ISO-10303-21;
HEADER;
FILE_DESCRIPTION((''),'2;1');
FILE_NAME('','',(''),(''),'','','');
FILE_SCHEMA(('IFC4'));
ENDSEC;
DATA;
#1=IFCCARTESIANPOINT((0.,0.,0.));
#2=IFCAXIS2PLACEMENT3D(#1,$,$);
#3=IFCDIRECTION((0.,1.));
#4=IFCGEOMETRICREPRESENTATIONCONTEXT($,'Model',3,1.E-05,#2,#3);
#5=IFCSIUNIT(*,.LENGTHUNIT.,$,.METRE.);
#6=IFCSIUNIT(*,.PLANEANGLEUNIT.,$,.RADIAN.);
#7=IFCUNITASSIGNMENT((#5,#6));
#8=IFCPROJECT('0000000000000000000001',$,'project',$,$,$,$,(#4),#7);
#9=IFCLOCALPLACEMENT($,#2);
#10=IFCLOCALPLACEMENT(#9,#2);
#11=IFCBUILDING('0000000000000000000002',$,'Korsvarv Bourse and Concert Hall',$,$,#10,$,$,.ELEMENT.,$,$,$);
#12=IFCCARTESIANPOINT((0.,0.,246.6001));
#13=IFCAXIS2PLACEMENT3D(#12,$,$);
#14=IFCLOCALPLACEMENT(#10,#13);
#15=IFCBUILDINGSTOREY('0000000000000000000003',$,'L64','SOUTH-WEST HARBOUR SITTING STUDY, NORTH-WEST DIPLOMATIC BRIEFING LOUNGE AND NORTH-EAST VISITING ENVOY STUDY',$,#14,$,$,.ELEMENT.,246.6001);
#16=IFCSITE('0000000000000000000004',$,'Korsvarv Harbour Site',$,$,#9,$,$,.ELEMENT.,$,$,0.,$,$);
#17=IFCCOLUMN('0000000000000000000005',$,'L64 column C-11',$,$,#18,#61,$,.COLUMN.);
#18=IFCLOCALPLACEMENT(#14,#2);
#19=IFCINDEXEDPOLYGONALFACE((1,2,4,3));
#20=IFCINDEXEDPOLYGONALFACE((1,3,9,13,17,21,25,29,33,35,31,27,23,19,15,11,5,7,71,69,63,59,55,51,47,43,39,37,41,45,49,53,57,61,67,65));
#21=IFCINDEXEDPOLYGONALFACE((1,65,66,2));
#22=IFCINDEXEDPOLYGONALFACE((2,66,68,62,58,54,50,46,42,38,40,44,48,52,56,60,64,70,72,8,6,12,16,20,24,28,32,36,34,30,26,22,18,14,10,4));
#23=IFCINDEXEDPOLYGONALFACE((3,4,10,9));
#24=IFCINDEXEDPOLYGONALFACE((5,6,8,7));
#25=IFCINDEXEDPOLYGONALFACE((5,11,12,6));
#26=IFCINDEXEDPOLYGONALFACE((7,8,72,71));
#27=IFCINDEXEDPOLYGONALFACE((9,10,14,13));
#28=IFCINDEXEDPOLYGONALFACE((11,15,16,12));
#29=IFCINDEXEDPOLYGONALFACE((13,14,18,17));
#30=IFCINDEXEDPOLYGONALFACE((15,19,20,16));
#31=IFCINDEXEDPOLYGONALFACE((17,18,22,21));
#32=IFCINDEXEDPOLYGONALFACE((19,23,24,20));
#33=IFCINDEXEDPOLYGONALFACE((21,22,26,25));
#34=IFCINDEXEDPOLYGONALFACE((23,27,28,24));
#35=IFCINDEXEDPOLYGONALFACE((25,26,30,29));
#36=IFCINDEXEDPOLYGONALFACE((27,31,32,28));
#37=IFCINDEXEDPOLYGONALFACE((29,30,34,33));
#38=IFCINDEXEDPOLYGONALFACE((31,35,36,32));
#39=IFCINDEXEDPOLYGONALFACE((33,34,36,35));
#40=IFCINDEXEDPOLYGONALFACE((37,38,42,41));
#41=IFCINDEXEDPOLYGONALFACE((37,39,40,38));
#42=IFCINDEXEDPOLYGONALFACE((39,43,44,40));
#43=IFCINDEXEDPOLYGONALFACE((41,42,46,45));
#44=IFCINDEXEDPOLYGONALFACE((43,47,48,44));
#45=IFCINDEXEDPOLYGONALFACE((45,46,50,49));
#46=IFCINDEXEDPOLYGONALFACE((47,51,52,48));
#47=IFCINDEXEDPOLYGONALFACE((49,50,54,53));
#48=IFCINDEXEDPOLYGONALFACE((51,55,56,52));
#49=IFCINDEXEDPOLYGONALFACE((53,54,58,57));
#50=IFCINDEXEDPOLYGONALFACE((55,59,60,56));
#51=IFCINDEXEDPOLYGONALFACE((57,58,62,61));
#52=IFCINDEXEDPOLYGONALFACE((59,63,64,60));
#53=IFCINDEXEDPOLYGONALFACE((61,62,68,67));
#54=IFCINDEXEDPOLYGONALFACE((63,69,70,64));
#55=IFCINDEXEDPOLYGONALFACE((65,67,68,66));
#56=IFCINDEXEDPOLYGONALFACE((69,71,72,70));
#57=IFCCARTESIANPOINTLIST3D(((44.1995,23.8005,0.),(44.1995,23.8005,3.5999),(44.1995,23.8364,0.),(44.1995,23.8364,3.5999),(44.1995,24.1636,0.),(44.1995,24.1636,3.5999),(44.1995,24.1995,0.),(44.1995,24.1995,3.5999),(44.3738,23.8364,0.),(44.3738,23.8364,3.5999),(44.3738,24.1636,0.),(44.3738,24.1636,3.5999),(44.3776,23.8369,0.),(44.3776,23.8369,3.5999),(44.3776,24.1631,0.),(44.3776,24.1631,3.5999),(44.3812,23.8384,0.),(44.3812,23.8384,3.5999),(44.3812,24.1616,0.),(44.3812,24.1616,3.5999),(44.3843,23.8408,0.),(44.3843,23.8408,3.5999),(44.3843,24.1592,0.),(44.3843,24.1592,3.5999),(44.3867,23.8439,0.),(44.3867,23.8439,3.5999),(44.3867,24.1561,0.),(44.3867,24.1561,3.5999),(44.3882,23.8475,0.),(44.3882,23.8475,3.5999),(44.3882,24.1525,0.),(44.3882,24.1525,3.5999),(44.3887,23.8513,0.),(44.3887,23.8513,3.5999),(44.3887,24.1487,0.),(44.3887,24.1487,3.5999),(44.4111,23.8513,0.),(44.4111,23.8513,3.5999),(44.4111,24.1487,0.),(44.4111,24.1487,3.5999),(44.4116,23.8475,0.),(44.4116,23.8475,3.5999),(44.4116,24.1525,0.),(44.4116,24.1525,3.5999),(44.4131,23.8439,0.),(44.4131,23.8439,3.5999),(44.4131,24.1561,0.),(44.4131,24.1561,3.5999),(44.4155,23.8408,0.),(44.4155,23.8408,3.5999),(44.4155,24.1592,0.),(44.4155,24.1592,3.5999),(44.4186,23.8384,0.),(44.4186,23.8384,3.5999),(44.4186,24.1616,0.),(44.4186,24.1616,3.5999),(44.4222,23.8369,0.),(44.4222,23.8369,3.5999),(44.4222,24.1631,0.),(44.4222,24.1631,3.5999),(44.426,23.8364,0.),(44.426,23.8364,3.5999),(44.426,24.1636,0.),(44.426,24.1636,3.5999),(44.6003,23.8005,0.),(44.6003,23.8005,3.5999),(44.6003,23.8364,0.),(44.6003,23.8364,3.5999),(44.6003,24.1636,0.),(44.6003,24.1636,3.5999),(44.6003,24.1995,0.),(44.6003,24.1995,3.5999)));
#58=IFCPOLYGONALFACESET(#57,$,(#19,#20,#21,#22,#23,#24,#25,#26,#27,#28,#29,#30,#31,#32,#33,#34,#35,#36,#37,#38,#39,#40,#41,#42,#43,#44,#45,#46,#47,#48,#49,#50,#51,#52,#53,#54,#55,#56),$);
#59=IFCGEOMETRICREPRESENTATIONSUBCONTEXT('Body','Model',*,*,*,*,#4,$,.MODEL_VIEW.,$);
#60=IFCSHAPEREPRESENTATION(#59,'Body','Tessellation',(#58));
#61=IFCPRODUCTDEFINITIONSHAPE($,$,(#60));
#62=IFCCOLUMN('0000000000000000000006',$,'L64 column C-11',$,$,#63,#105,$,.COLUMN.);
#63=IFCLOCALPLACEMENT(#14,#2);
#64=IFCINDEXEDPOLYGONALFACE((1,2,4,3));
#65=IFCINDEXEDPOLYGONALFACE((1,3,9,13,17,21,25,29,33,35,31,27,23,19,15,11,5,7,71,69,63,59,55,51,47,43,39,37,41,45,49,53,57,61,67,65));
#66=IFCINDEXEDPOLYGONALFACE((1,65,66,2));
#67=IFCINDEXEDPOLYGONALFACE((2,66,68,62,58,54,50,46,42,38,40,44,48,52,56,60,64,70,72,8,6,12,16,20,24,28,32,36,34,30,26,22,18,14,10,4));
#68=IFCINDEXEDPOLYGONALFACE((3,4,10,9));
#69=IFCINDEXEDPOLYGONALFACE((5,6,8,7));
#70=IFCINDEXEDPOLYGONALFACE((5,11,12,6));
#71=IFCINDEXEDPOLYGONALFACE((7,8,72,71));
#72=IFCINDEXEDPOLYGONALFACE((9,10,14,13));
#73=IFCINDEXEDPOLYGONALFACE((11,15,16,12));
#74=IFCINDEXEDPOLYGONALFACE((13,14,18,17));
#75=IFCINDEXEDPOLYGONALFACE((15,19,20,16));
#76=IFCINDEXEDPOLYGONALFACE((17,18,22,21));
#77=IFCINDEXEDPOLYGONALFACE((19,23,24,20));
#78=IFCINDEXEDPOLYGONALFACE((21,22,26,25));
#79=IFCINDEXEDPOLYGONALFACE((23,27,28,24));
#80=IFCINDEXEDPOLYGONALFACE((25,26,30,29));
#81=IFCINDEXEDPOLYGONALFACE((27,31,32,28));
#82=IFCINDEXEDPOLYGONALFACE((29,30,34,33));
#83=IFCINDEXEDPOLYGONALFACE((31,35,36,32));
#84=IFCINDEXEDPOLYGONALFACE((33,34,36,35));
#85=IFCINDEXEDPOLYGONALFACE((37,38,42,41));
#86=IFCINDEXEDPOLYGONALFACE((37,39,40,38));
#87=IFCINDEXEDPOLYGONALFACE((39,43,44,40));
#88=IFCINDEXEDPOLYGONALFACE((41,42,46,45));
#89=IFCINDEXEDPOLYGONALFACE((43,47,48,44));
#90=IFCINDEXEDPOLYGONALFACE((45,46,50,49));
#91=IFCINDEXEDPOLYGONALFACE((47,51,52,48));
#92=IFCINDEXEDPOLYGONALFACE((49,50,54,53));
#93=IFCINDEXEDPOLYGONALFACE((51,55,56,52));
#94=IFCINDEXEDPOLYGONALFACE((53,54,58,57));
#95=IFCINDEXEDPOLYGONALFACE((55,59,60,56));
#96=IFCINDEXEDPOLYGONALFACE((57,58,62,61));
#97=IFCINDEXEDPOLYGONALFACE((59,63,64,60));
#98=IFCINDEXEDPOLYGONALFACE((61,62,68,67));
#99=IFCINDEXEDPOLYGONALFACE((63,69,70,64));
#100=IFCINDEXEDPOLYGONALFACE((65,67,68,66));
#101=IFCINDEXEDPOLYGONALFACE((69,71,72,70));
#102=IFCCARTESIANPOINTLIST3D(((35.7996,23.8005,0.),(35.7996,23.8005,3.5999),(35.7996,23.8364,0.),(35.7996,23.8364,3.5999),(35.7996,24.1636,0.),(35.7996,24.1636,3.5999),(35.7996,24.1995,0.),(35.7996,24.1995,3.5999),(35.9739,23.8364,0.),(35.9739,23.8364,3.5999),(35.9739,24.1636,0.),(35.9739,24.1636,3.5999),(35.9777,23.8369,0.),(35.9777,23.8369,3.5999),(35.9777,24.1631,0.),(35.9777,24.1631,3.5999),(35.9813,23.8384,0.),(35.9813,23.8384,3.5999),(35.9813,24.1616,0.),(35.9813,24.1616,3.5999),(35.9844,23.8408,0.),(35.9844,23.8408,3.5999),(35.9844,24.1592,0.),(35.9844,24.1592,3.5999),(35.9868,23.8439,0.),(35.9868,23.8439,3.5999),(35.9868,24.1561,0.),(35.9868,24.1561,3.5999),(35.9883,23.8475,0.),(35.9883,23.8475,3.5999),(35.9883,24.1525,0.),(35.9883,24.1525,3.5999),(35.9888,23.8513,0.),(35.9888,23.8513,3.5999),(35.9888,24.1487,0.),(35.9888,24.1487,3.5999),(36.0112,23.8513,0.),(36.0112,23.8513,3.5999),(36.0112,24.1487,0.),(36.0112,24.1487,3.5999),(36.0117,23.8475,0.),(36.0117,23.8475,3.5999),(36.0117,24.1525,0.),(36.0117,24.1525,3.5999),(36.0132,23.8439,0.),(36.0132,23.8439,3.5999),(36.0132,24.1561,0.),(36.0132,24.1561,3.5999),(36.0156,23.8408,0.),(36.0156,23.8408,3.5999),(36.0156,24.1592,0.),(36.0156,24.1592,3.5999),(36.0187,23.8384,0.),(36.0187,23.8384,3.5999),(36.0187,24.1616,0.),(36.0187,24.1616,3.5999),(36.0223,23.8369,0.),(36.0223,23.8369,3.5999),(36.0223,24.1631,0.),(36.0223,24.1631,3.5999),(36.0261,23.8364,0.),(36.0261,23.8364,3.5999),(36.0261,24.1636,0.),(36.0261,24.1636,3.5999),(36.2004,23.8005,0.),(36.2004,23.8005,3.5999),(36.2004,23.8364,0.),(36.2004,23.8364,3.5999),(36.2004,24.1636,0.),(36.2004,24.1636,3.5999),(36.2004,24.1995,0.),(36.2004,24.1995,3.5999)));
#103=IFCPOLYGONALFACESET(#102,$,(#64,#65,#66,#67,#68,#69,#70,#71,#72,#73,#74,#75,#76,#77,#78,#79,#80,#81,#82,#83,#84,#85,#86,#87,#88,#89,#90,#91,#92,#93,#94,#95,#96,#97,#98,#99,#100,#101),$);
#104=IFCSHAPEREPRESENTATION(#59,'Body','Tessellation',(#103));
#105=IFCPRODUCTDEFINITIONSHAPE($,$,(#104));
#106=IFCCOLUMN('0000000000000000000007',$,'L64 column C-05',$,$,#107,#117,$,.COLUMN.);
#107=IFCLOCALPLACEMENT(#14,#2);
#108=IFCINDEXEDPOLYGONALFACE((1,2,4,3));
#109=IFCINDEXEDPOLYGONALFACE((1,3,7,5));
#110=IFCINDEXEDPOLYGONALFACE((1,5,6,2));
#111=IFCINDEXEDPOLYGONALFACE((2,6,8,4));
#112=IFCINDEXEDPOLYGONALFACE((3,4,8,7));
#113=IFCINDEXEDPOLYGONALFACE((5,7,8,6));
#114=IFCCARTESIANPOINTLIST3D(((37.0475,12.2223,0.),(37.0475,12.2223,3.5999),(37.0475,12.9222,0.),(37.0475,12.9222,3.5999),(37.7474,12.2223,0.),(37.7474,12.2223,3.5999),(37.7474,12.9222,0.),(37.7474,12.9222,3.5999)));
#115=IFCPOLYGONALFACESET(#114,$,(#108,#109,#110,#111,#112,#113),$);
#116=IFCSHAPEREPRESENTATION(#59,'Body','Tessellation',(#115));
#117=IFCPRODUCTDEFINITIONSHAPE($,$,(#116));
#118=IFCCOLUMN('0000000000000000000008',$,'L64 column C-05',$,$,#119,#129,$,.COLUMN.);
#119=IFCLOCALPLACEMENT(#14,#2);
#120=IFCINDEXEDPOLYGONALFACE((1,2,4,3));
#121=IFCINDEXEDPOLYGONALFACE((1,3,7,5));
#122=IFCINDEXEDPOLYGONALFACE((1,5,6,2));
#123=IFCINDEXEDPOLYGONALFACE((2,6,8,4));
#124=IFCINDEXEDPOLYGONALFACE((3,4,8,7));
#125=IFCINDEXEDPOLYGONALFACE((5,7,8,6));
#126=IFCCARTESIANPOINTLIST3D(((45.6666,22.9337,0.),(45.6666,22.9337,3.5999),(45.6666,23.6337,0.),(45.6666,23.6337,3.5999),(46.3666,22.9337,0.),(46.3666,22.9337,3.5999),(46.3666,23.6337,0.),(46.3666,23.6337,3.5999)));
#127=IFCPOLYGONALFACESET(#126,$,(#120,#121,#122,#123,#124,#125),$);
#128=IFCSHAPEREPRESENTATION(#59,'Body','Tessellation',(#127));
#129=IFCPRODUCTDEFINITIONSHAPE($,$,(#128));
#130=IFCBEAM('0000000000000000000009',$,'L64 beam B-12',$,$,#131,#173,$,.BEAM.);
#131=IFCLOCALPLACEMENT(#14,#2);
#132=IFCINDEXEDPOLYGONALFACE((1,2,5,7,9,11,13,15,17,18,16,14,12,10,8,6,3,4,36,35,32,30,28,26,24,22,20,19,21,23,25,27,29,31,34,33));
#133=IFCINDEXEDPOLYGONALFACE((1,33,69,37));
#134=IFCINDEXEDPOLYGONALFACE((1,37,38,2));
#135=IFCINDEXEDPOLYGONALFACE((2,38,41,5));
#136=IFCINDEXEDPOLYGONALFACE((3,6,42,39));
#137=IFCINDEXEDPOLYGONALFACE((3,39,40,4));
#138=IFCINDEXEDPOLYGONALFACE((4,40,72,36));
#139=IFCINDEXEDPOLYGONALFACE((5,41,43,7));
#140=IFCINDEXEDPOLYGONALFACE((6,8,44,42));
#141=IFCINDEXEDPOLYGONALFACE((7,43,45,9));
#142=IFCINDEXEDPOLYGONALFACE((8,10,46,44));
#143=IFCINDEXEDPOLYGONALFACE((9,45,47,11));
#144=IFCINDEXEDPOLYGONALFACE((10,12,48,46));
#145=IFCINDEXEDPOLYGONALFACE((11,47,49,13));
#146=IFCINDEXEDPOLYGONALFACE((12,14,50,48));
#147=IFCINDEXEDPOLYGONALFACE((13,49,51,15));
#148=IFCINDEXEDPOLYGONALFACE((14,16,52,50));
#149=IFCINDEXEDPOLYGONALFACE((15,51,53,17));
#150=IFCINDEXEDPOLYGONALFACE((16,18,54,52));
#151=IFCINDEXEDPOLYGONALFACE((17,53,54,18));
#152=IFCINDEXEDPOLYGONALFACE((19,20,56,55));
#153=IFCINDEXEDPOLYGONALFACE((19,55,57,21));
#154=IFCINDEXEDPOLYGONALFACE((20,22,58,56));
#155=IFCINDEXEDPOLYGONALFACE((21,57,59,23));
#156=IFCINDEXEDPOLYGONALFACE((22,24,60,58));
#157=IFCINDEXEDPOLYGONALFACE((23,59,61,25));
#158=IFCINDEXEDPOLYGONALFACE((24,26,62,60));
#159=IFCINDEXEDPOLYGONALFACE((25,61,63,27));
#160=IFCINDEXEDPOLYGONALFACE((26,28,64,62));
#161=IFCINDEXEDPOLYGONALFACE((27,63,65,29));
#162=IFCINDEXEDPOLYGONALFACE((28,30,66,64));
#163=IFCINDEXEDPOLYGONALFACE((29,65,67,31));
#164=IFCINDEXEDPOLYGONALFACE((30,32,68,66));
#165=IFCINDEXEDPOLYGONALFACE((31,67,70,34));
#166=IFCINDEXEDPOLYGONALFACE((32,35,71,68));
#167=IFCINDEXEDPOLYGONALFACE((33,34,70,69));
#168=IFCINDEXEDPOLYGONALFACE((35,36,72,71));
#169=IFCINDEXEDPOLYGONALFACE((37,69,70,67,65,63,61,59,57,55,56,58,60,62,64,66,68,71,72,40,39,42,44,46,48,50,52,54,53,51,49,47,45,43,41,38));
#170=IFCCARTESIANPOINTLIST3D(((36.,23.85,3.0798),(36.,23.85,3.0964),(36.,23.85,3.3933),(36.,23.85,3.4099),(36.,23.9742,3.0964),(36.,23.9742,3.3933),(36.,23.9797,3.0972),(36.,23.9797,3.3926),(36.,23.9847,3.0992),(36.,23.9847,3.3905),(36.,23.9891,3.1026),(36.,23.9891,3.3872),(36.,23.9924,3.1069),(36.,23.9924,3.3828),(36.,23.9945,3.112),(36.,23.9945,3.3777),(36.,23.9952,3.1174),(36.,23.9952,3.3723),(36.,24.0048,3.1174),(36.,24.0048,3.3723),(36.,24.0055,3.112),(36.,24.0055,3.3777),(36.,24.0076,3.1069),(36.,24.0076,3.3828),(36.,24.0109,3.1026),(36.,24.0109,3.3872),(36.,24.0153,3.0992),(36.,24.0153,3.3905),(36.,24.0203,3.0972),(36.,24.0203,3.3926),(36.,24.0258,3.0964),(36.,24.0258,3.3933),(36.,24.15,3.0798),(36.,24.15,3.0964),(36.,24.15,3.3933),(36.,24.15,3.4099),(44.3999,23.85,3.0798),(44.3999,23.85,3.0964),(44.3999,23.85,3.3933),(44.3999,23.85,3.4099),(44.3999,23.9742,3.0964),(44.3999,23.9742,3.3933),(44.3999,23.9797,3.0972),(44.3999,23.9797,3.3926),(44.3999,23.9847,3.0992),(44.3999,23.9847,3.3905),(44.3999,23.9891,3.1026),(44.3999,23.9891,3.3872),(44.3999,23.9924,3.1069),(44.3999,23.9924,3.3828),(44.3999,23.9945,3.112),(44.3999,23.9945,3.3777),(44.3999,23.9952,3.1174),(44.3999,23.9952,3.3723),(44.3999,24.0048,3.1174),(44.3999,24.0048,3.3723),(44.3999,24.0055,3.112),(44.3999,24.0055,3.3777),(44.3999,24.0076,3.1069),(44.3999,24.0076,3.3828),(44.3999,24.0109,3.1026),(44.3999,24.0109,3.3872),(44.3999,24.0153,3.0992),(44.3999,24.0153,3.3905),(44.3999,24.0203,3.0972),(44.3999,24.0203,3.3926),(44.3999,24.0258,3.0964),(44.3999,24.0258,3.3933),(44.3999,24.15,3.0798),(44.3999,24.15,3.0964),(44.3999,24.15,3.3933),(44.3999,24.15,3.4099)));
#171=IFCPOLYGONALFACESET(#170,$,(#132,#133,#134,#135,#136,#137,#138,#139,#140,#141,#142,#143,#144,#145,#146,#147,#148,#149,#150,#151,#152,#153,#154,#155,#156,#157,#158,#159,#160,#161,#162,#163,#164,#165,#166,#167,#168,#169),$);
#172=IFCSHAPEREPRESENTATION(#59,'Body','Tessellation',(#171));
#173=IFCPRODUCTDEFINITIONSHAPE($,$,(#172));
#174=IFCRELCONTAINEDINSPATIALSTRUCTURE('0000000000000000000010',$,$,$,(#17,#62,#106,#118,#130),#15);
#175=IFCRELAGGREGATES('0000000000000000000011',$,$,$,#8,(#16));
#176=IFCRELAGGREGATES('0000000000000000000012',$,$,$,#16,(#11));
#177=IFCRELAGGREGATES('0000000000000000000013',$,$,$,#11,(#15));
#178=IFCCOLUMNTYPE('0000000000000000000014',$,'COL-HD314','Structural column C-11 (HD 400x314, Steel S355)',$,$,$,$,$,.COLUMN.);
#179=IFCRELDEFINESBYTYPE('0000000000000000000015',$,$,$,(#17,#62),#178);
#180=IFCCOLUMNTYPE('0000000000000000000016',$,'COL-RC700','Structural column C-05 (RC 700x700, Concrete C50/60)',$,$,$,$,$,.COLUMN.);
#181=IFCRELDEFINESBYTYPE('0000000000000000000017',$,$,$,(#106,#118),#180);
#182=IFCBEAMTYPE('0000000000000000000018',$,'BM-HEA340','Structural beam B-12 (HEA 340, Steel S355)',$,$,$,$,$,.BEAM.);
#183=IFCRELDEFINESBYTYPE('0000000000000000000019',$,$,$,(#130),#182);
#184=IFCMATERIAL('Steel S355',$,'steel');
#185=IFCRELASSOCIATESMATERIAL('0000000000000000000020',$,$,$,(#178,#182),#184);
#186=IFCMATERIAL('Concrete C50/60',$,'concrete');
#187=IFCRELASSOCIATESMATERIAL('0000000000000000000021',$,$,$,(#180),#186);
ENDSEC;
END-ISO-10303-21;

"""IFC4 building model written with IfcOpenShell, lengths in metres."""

from ifc_helpers import new_model, si_unit, direction, frame, origin, origin_2d, place, context, subcontext, project, spatial, rectangle, i_section, extrude, source, transform, mapped, material, material_profile, profile_set, type_object, element, save


model = new_model("IFC4")

# Units and contexts
model_context = context("Model", 3, precision=1e-05, world=origin(), true_north=direction((0.0, 1.0)))
body_context = subcontext(model_context, "Body", "Model", "MODEL_VIEW")
ifc_project = project(units=[si_unit("LENGTHUNIT", "METRE"), si_unit("PLANEANGLEUNIT", "RADIAN")], contexts=[model_context])

# Site, building, storey
site_placement = place(None, origin())
site = spatial("IfcSite", under=ifc_project, at=site_placement, Name="Korsvarv Harbour Site", CompositionType="ELEMENT", RefElevation=0.0)
building_placement = place(site_placement, origin())
building = spatial("IfcBuilding", under=site, at=building_placement, Name="Korsvarv Bourse and Concert Hall", CompositionType="ELEMENT")
storey_placement = place(building_placement, frame((0.0, 0.0, 246.6001)))
storey = spatial("IfcBuildingStorey", under=building, at=storey_placement, Name="L64", Description="SOUTH-WEST HARBOUR SITTING STUDY, NORTH-WEST DIPLOMATIC BRIEFING LOUNGE AND NORTH-EAST VISITING ENVOY STUDY", CompositionType="ELEMENT", Elevation=246.6001)

# Columns
ifc_material_1 = material(Name="Steel S355", Category="steel")
ifc_material_profile_1 = material_profile(ifc_material_1, i_section(OverallWidth=0.4009, OverallDepth=0.3989, WebThickness=0.0225, FlangeThickness=0.0359, FilletRadius=0.0149, at=origin_2d()), Name="HD 400x314")
ifc_profile_set_1 = profile_set([ifc_material_profile_1], Name="Steel S355")
column_type_1 = type_object("IfcColumnType", Name="COL-HD314", Description="Structural column C-11 (HD 400x314, Steel S355)", PredefinedType="COLUMN", material=ifc_profile_set_1)
shared_shape_1 = source(origin(), body_context, "Body", "SweptSolid", [
    extrude(i_section(OverallWidth=0.4009, OverallDepth=0.3989, WebThickness=0.0225, FlangeThickness=0.0359, FilletRadius=0.0149, at=origin_2d()), origin(), (0.0, 0.0, 1.0), 3.5999),
])
for number, where, z_axis, x_axis, name in (
    (1, (44.3999, 24.0, 0.0), (0.0, 0.0, 1.0), (1.0, 0.0, 0.0), "L64 column C-11"),
    (2, (36.0, 24.0, 0.0), (0.0, 0.0, 1.0), (1.0, 0.0, 0.0), "L64 column C-11"),
):
    element("IfcColumn", number, at=place(storey_placement, frame(where, z_axis=z_axis, x_axis=x_axis)), inside=storey, type_object=column_type_1, Name=name, PredefinedType="COLUMN", context=body_context, shape_type="MappedRepresentation", body=[
        mapped(shared_shape_1, transform((0.0, 0.0, 0.0), scale=1.0)),
    ])
ifc_material_2 = material(Name="Concrete C50/60", Category="concrete")
ifc_material_profile_2 = material_profile(ifc_material_2, rectangle(XDim=0.7, YDim=0.7, at=origin_2d()), Name="RC 700x700")
ifc_profile_set_2 = profile_set([ifc_material_profile_2], Name="Concrete C50/60")
column_type_2 = type_object("IfcColumnType", Name="COL-RC700", Description="Structural column C-05 (RC 700x700, Concrete C50/60)", PredefinedType="COLUMN", material=ifc_profile_set_2)
shared_shape_2 = source(origin(), body_context, "Body", "SweptSolid", [
    extrude(rectangle(XDim=0.7, YDim=0.7, at=origin_2d()), origin(), (0.0, 0.0, 1.0), 3.5999),
])
for number, where, z_axis, x_axis, name in (
    (3, (37.3975, 12.5723, 0.0), (0.0, 0.0, 1.0), (1.0, 0.0, 0.0), "L64 column C-05"),
    (4, (46.0166, 23.2837, 0.0), (0.0, 0.0, 1.0), (1.0, 0.0, 0.0), "L64 column C-05"),
):
    element("IfcColumn", number, at=place(storey_placement, frame(where, z_axis=z_axis, x_axis=x_axis)), inside=storey, type_object=column_type_2, Name=name, PredefinedType="COLUMN", context=body_context, shape_type="MappedRepresentation", body=[
        mapped(shared_shape_2, transform((0.0, 0.0, 0.0), scale=1.0)),
    ])

# Beam
ifc_material_profile_3 = material_profile(ifc_material_1, i_section(OverallWidth=0.3, OverallDepth=0.3301, WebThickness=0.0095, FlangeThickness=0.0166, FilletRadius=0.021, at=origin_2d()), Name="HEA 340")
ifc_profile_set_3 = profile_set([ifc_material_profile_3], Name="Steel S355")
beam_type_1 = type_object("IfcBeamType", Name="BM-HEA340", Description="Structural beam B-12 (HEA 340, Steel S355)", PredefinedType="BEAM", material=ifc_profile_set_3)
shared_shape_3 = source(origin(), body_context, "Body", "SweptSolid", [
    extrude(i_section(OverallWidth=0.3, OverallDepth=0.3301, WebThickness=0.0095, FlangeThickness=0.0166, FilletRadius=0.021, at=origin_2d()), origin(), (0.0, 0.0, 1.0), 8.3999),
])
for number, where, z_axis, x_axis, name in (
    (5, (36.0, 24.0, 3.2449), (1.0, 0.0, 0.0), (0.0, 1.0, 0.0), "L64 beam B-12"),
):
    element("IfcBeam", number, at=place(storey_placement, frame(where, z_axis=z_axis, x_axis=x_axis)), inside=storey, type_object=beam_type_1, Name=name, PredefinedType="BEAM", context=body_context, shape_type="MappedRepresentation", body=[
        mapped(shared_shape_3, transform((0.0, 0.0, 0.0), scale=1.0)),
    ])

save(model, "model.ifc")
